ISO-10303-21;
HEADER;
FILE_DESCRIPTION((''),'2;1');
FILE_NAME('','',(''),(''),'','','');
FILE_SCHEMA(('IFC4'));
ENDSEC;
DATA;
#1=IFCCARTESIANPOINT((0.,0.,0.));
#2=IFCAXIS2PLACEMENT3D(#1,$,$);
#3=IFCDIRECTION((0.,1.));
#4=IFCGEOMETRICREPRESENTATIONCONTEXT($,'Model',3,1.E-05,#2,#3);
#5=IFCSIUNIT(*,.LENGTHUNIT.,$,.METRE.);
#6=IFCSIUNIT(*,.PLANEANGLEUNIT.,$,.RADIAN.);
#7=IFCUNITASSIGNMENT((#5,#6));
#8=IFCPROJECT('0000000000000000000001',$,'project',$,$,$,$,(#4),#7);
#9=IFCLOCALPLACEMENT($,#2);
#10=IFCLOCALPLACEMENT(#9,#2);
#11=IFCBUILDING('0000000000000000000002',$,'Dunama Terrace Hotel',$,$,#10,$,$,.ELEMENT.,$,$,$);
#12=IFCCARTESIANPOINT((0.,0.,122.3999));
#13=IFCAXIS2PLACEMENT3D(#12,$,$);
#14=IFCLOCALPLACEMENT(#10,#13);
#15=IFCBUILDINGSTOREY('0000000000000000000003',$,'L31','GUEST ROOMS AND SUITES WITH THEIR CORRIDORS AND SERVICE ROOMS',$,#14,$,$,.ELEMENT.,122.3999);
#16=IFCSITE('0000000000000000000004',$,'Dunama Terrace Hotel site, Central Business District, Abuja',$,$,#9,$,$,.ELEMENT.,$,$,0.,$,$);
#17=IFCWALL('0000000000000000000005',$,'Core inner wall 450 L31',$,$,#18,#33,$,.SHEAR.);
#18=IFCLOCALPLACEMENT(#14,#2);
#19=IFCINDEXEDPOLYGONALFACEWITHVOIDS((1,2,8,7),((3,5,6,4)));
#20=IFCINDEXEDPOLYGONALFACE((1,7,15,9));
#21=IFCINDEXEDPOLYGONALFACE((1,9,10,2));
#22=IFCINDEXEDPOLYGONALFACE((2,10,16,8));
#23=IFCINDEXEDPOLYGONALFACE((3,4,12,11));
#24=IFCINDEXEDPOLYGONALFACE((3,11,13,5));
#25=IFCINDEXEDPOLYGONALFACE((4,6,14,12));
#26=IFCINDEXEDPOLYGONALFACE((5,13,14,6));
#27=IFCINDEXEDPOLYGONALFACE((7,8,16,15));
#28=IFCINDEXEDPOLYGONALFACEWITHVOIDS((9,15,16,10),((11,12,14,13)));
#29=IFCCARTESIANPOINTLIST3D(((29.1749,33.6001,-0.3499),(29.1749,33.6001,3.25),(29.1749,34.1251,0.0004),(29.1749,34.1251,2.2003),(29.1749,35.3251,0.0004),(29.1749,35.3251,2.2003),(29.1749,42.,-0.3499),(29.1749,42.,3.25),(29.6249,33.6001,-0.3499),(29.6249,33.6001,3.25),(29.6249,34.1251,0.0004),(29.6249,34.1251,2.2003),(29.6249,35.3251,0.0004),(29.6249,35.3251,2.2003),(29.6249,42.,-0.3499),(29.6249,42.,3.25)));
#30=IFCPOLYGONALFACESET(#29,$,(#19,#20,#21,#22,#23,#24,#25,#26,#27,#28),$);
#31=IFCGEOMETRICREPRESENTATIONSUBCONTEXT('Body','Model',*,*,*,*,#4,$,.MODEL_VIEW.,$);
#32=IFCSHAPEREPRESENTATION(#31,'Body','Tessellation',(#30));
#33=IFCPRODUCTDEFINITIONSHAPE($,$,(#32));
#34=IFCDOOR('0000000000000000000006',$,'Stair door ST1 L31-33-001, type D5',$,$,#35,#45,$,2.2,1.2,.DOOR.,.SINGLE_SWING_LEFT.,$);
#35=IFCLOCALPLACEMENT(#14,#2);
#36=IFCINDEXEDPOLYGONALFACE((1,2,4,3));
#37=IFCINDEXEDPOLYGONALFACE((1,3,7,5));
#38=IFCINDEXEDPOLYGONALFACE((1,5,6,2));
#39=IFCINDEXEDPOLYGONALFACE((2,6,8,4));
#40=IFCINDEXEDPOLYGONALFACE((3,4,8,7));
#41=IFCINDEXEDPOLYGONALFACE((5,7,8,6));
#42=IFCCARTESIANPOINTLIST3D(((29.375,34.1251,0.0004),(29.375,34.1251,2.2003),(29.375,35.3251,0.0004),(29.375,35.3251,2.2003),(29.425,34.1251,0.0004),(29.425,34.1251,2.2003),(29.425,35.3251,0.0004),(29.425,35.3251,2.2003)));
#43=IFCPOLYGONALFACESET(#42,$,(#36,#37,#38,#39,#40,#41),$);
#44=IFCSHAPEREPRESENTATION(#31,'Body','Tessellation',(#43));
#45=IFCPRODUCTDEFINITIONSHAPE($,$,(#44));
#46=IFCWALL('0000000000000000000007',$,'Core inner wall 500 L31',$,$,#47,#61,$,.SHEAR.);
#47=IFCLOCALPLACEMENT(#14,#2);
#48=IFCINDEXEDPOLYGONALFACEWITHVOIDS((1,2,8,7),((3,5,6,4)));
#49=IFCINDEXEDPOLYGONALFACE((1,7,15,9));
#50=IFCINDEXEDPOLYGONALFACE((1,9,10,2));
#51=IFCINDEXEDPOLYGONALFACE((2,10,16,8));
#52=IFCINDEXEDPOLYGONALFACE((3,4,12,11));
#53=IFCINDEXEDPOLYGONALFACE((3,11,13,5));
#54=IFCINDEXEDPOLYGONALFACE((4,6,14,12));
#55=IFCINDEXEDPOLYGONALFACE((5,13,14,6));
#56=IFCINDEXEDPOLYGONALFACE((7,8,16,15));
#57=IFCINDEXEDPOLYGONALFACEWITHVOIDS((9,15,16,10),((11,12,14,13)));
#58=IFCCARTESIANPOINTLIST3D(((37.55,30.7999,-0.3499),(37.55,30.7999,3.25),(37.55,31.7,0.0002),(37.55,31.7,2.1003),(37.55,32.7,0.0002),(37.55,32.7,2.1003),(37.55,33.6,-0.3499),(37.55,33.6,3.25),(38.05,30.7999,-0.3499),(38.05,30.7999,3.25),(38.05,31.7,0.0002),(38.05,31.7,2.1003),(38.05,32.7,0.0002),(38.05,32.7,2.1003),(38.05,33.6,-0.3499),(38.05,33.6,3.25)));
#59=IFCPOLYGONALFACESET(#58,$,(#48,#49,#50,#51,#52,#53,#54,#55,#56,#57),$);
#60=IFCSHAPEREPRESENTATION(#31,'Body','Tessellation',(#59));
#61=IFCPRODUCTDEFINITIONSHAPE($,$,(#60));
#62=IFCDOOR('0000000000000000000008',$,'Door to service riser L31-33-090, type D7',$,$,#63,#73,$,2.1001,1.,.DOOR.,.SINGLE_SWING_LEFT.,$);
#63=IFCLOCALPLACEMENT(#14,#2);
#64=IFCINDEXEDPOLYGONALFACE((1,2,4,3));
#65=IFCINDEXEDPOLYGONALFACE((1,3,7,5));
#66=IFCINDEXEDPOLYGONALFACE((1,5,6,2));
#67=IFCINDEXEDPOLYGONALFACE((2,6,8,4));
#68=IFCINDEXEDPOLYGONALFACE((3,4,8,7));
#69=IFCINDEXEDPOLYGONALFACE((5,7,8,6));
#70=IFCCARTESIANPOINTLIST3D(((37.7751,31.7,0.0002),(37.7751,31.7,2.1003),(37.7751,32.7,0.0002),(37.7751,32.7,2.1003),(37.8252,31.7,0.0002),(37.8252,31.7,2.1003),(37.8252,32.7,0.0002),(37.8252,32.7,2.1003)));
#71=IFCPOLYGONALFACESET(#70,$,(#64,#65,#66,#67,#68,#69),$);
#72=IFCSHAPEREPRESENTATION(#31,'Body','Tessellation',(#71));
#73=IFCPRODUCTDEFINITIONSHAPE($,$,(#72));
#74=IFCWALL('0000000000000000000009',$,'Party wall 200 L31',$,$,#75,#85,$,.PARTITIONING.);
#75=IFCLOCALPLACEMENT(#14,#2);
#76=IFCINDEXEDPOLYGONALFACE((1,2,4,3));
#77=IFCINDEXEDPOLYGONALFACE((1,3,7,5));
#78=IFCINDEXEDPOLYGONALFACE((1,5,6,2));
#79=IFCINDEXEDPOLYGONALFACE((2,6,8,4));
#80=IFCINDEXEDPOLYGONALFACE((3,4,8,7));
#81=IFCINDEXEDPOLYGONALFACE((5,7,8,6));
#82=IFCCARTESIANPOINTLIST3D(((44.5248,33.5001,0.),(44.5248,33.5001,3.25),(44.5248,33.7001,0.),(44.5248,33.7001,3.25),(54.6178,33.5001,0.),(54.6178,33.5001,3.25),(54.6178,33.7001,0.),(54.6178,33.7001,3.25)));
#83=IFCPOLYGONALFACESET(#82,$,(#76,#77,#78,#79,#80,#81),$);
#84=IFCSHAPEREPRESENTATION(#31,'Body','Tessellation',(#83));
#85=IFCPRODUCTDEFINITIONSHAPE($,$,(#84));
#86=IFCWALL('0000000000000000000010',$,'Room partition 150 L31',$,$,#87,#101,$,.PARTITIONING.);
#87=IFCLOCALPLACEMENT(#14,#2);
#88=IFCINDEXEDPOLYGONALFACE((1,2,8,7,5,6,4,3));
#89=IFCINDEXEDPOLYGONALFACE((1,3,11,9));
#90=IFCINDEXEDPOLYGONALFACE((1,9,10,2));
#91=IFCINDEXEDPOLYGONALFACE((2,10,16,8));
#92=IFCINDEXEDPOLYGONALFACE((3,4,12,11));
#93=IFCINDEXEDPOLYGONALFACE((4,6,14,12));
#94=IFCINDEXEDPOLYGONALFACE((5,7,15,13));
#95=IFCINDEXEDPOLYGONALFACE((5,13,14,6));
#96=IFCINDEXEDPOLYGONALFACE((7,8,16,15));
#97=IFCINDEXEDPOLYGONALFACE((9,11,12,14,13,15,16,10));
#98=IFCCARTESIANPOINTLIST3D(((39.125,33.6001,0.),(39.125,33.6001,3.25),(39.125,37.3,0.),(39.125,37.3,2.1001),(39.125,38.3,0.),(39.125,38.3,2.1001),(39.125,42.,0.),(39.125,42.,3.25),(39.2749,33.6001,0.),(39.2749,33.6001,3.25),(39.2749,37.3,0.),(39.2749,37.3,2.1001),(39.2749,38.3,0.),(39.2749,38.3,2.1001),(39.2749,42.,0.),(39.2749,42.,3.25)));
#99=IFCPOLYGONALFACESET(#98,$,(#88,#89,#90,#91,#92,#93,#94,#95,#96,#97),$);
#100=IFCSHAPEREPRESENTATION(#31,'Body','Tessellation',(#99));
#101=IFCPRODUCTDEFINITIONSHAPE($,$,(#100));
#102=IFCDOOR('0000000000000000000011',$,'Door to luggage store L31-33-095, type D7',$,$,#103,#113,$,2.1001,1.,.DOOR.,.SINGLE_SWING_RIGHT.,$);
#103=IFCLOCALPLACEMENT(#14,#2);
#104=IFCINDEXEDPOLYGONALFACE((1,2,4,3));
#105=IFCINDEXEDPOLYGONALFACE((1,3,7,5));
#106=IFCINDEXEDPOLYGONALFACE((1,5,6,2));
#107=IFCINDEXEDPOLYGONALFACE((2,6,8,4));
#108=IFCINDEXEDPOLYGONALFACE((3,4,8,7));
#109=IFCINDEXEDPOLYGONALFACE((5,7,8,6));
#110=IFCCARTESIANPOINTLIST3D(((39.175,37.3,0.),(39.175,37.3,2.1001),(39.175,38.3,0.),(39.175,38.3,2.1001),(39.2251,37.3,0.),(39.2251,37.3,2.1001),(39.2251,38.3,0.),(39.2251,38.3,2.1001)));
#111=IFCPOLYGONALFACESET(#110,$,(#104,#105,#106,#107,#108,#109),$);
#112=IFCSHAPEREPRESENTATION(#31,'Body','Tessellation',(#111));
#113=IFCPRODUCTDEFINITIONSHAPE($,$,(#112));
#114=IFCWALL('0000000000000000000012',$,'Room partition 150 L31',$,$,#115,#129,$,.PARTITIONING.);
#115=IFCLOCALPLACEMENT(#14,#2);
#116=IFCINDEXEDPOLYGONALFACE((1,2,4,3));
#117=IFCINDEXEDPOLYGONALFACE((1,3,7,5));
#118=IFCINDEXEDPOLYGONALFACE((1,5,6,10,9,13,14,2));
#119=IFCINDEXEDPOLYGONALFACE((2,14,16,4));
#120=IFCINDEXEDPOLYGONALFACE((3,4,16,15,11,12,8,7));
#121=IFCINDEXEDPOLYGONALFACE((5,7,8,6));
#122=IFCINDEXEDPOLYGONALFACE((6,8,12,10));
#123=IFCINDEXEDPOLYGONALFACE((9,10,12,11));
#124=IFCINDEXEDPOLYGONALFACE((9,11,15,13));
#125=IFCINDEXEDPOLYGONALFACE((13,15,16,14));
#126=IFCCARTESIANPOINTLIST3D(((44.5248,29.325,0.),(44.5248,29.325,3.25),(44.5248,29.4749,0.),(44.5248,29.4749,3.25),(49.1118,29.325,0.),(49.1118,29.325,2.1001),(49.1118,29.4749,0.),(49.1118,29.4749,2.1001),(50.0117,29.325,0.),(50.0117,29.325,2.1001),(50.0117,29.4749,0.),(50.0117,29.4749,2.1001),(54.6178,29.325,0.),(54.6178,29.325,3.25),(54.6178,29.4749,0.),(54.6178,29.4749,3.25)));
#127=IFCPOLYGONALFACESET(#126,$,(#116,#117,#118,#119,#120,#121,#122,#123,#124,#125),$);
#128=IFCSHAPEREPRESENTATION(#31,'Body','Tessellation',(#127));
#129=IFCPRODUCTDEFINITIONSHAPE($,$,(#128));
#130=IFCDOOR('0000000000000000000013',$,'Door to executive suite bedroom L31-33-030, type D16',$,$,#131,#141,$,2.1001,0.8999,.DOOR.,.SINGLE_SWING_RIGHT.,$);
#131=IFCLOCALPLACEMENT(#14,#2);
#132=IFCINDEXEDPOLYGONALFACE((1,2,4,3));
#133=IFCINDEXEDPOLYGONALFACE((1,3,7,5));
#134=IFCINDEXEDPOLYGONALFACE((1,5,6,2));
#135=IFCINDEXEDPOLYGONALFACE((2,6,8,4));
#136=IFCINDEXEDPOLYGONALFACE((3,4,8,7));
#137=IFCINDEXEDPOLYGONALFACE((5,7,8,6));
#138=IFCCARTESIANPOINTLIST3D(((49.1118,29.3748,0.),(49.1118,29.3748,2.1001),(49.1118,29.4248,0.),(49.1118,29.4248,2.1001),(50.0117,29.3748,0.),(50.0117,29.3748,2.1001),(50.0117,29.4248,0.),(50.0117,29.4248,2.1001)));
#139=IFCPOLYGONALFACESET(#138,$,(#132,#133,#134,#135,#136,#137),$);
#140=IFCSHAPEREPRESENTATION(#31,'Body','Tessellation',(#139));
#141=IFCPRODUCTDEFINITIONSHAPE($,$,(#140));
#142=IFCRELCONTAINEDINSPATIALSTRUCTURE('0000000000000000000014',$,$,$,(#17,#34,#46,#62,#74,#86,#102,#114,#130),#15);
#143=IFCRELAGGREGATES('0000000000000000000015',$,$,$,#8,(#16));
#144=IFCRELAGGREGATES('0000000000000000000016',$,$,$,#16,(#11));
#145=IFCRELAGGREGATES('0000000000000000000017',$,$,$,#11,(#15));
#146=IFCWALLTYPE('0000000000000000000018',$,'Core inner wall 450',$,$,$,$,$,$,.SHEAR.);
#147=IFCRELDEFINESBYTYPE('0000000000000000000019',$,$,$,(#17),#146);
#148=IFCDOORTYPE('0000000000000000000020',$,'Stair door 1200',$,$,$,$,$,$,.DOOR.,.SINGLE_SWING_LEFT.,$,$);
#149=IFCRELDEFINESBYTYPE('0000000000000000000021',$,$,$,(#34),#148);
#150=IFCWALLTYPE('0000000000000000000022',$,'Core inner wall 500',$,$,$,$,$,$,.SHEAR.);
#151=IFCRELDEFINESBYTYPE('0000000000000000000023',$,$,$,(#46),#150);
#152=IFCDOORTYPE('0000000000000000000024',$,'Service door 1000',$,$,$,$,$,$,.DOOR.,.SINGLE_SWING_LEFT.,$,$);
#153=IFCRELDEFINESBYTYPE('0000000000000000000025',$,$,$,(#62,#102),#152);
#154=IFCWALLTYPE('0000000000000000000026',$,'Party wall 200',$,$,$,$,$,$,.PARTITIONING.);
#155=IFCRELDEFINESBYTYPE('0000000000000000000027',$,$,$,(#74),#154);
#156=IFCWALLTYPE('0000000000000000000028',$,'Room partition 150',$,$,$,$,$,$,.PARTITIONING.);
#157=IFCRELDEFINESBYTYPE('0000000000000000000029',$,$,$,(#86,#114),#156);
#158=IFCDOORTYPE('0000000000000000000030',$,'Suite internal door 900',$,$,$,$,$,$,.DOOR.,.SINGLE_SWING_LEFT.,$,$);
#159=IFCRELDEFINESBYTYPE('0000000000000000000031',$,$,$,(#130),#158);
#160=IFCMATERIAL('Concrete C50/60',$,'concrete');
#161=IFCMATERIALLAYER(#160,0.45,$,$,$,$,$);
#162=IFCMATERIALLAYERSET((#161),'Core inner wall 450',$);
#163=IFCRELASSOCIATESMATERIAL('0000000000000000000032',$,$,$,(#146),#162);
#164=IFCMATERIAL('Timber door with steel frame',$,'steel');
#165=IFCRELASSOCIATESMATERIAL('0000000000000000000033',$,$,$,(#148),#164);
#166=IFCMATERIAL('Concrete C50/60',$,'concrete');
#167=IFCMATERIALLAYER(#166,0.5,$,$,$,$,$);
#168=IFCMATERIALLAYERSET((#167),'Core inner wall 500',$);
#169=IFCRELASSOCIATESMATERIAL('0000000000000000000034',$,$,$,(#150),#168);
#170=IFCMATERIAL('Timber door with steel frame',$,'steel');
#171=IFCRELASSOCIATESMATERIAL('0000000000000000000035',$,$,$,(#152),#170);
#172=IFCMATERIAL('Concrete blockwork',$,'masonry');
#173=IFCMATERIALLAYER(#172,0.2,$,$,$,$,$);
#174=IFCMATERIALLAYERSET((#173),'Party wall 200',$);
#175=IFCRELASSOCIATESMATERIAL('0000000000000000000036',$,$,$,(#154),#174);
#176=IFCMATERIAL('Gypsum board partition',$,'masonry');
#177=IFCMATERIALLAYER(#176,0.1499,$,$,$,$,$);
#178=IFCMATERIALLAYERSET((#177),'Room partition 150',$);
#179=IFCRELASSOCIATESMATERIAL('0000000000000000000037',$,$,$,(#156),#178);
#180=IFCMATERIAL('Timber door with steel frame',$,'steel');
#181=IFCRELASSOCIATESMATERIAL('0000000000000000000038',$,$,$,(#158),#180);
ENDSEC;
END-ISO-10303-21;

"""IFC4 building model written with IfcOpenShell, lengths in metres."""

from ifc_helpers import new_model, si_unit, direction, frame, frame_2d, origin, place, context, subcontext, project, spatial, rectangle, extrude, material, layer, layer_set, type_object, element, fill, save


model = new_model("IFC4")

# Units and contexts
model_context = context("Model", 3, precision=1e-05, world=origin(), true_north=direction((0.0, 1.0)))
body_context = subcontext(model_context, "Body", "Model", "MODEL_VIEW")
ifc_project = project(units=[si_unit("LENGTHUNIT", "METRE"), si_unit("PLANEANGLEUNIT", "RADIAN")], contexts=[model_context])

# Site, building, storey
site_placement = place(None, origin())
site = spatial("IfcSite", under=ifc_project, at=site_placement, Name="Dunama Terrace Hotel site, Central Business District, Abuja", CompositionType="ELEMENT", RefElevation=0.0)
building_placement = place(site_placement, origin())
building = spatial("IfcBuilding", under=site, at=building_placement, Name="Dunama Terrace Hotel", CompositionType="ELEMENT")
storey_placement = place(building_placement, frame((0.0, 0.0, 122.3999)))
storey = spatial("IfcBuildingStorey", under=building, at=storey_placement, Name="L31", Description="GUEST ROOMS AND SUITES WITH THEIR CORRIDORS AND SERVICE ROOMS", CompositionType="ELEMENT", Elevation=122.3999)

# Walls, openings, doors
ifc_material_1 = material(Name="Concrete C50/60", Category="concrete")
ifc_layer_1 = layer(ifc_material_1, 0.45)
ifc_layer_set_1 = layer_set([ifc_layer_1], Name="Core inner wall 450")
wall_type_1 = type_object("IfcWallType", Name="Core inner wall 450", PredefinedType="SHEAR", material=ifc_layer_set_1)
wall_1_placement = place(storey_placement, frame((29.3999, 33.6001, -0.3499), z_axis=(0.0, 0.0, 1.0), x_axis=(0.0, 1.0, 0.0)))
wall_1 = element("IfcWall", 1, at=wall_1_placement, inside=storey, type_object=wall_type_1, Name="Core inner wall 450 L31", PredefinedType="SHEAR", context=body_context, shape_type="SweptSolid", body=[
    extrude(rectangle(XDim=8.3999, YDim=0.45, at=frame_2d((4.2, 0.0))), origin(), (0.0, 0.0, 1.0), 3.5999),
])
opening_1_placement = place(wall_1_placement, frame((0.5249, 0.0, 0.3501)))
opening_1 = element("IfcOpeningElement", 2, at=opening_1_placement, cuts=wall_1, PredefinedType="OPENING", context=body_context, shape_type="SweptSolid", body=[
    extrude(rectangle(XDim=1.2, YDim=2.2, at=frame_2d((0.6001, 1.1001))), frame((0.0, 0.2349, 0.0), z_axis=(0.0, -1.0, 0.0), x_axis=(1.0, 0.0, 0.0)), (0.0, 0.0, 1.0), 0.47),
])
ifc_material_2 = material(Name="Timber door with steel frame", Category="steel")
door_type_1 = type_object("IfcDoorType", Name="Stair door 1200", OperationType="SINGLE_SWING_LEFT", PredefinedType="DOOR", material=ifc_material_2)
door_1_placement = place(opening_1_placement, origin())
door_1 = element("IfcDoor", 3, at=door_1_placement, inside=storey, type_object=door_type_1, Name="Stair door ST1 L31-33-001, type D5", OperationType="SINGLE_SWING_LEFT", OverallHeight=2.2, OverallWidth=1.2, PredefinedType="DOOR", context=body_context, shape_type="SweptSolid", body=[
    extrude(rectangle(XDim=1.2, YDim=2.2, at=frame_2d((0.6001, 1.1001))), frame((0.0, 0.0249, 0.0), z_axis=(0.0, -1.0, 0.0), x_axis=(1.0, 0.0, 0.0)), (0.0, 0.0, 1.0), 0.05),
])
fill(opening_1, door_1)
ifc_material_3 = material(Name="Concrete C50/60", Category="concrete")
ifc_layer_2 = layer(ifc_material_3, 0.5)
ifc_layer_set_2 = layer_set([ifc_layer_2], Name="Core inner wall 500")
wall_type_2 = type_object("IfcWallType", Name="Core inner wall 500", PredefinedType="SHEAR", material=ifc_layer_set_2)
wall_2_placement = place(storey_placement, frame((37.8, 30.8, -0.3499), z_axis=(0.0, 0.0, 1.0), x_axis=(0.0, 1.0, 0.0)))
wall_2 = element("IfcWall", 4, at=wall_2_placement, inside=storey, type_object=wall_type_2, Name="Core inner wall 500 L31", PredefinedType="SHEAR", context=body_context, shape_type="SweptSolid", body=[
    extrude(rectangle(XDim=2.8, YDim=0.5, at=frame_2d((1.3999, 0.0))), origin(), (0.0, 0.0, 1.0), 3.5999),
])
opening_2_placement = place(wall_2_placement, frame((0.8999, 0.0, 0.3501)))
opening_2 = element("IfcOpeningElement", 5, at=opening_2_placement, cuts=wall_2, PredefinedType="OPENING", context=body_context, shape_type="SweptSolid", body=[
    extrude(rectangle(XDim=1.0, YDim=2.1001, at=frame_2d((0.5, 1.05))), frame((0.0, 0.26, 0.0), z_axis=(0.0, -1.0, 0.0), x_axis=(1.0, 0.0, 0.0)), (0.0, 0.0, 1.0), 0.52),
])
ifc_material_4 = material(Name="Timber door with steel frame", Category="steel")
door_type_2 = type_object("IfcDoorType", Name="Service door 1000", OperationType="SINGLE_SWING_LEFT", PredefinedType="DOOR", material=ifc_material_4)
door_2_placement = place(opening_2_placement, frame((1.0, 0.0, 0.0), z_axis=(0.0, 0.0, 1.0), x_axis=(-1.0, 0.0, 0.0)))
door_2 = element("IfcDoor", 6, at=door_2_placement, inside=storey, type_object=door_type_2, Name="Door to service riser L31-33-090, type D7", OperationType="SINGLE_SWING_LEFT", OverallHeight=2.1001, OverallWidth=1.0, PredefinedType="DOOR", context=body_context, shape_type="SweptSolid", body=[
    extrude(rectangle(XDim=1.0, YDim=2.1001, at=frame_2d((0.5, 1.05))), frame((0.0, 0.0251, 0.0), z_axis=(0.0, -1.0, 0.0), x_axis=(1.0, 0.0, 0.0)), (0.0, 0.0, 1.0), 0.05),
])
fill(opening_2, door_2)

# Wall
ifc_material_5 = material(Name="Concrete blockwork", Category="masonry")
ifc_layer_3 = layer(ifc_material_5, 0.2)
ifc_layer_set_3 = layer_set([ifc_layer_3], Name="Party wall 200")
wall_type_3 = type_object("IfcWallType", Name="Party wall 200", PredefinedType="PARTITIONING", material=ifc_layer_set_3)
wall_3_placement = place(storey_placement, frame((44.5249, 33.6001, 0.0), z_axis=(0.0, 0.0, 1.0), x_axis=(1.0, 0.0, 0.0)))
element("IfcWall", 7, at=wall_3_placement, inside=storey, type_object=wall_type_3, Name="Party wall 200 L31", PredefinedType="PARTITIONING", context=body_context, shape_type="SweptSolid", body=[
    extrude(rectangle(XDim=10.093, YDim=0.2, at=frame_2d((5.0464, 0.0))), origin(), (0.0, 0.0, 1.0), 3.25),
])

# Walls, openings, doors
ifc_material_6 = material(Name="Gypsum board partition", Category="masonry")
ifc_layer_4 = layer(ifc_material_6, 0.1499)
ifc_layer_set_4 = layer_set([ifc_layer_4], Name="Room partition 150")
wall_type_4 = type_object("IfcWallType", Name="Room partition 150", PredefinedType="PARTITIONING", material=ifc_layer_set_4)
wall_4_placement = place(storey_placement, frame((39.2, 33.6001, 0.0), z_axis=(0.0, 0.0, 1.0), x_axis=(0.0, 1.0, 0.0)))
wall_4 = element("IfcWall", 8, at=wall_4_placement, inside=storey, type_object=wall_type_4, Name="Room partition 150 L31", PredefinedType="PARTITIONING", context=body_context, shape_type="SweptSolid", body=[
    extrude(rectangle(XDim=8.3999, YDim=0.1499, at=frame_2d((4.2, 0.0))), origin(), (0.0, 0.0, 1.0), 3.25),
])
opening_3_placement = place(wall_4_placement, frame((3.7, 0.0, 0.0)))
opening_3 = element("IfcOpeningElement", 9, at=opening_3_placement, cuts=wall_4, PredefinedType="OPENING", context=body_context, shape_type="SweptSolid", body=[
    extrude(rectangle(XDim=1.0, YDim=2.1001, at=frame_2d((0.5, 1.05))), frame((0.0, 0.085, 0.0), z_axis=(0.0, -1.0, 0.0), x_axis=(1.0, 0.0, 0.0)), (0.0, 0.0, 1.0), 0.1699),
])
door_3_placement = place(opening_3_placement, frame((1.0, 0.0, 0.0), z_axis=(0.0, 0.0, 1.0), x_axis=(-1.0, 0.0, 0.0)))
door_3 = element("IfcDoor", 10, at=door_3_placement, inside=storey, type_object=door_type_2, Name="Door to luggage store L31-33-095, type D7", OperationType="SINGLE_SWING_RIGHT", OverallHeight=2.1001, OverallWidth=1.0, PredefinedType="DOOR", context=body_context, shape_type="SweptSolid", body=[
    extrude(rectangle(XDim=1.0, YDim=2.1001, at=frame_2d((0.5, 1.05))), frame((0.0, 0.0251, 0.0), z_axis=(0.0, -1.0, 0.0), x_axis=(1.0, 0.0, 0.0)), (0.0, 0.0, 1.0), 0.05),
])
fill(opening_3, door_3)
wall_5_placement = place(storey_placement, frame((44.5249, 29.3999, 0.0), z_axis=(0.0, 0.0, 1.0), x_axis=(1.0, 0.0, 0.0)))
wall_5 = element("IfcWall", 11, at=wall_5_placement, inside=storey, type_object=wall_type_4, Name="Room partition 150 L31", PredefinedType="PARTITIONING", context=body_context, shape_type="SweptSolid", body=[
    extrude(rectangle(XDim=10.093, YDim=0.1499, at=frame_2d((5.0464, 0.0))), origin(), (0.0, 0.0, 1.0), 3.25),
])
opening_4_placement = place(wall_5_placement, frame((4.5869, 0.0, 0.0)))
opening_4 = element("IfcOpeningElement", 12, at=opening_4_placement, cuts=wall_5, PredefinedType="OPENING", context=body_context, shape_type="SweptSolid", body=[
    extrude(rectangle(XDim=0.8999, YDim=2.1001, at=frame_2d((0.45, 1.05))), frame((0.0, 0.085, 0.0), z_axis=(0.0, -1.0, 0.0), x_axis=(1.0, 0.0, 0.0)), (0.0, 0.0, 1.0), 0.1699),
])
ifc_material_7 = material(Name="Timber door with steel frame", Category="steel")
door_type_3 = type_object("IfcDoorType", Name="Suite internal door 900", OperationType="SINGLE_SWING_LEFT", PredefinedType="DOOR", material=ifc_material_7)
door_4_placement = place(opening_4_placement, frame((0.8999, 0.0, 0.0), z_axis=(0.0, 0.0, 1.0), x_axis=(-1.0, 0.0, 0.0)))
door_4 = element("IfcDoor", 13, at=door_4_placement, inside=storey, type_object=door_type_3, Name="Door to executive suite bedroom L31-33-030, type D16", OperationType="SINGLE_SWING_RIGHT", OverallHeight=2.1001, OverallWidth=0.8999, PredefinedType="DOOR", context=body_context, shape_type="SweptSolid", body=[
    extrude(rectangle(XDim=0.8999, YDim=2.1001, at=frame_2d((0.45, 1.05))), frame((0.0, 0.0251, 0.0), z_axis=(0.0, -1.0, 0.0), x_axis=(1.0, 0.0, 0.0)), (0.0, 0.0, 1.0), 0.05),
])
fill(opening_4, door_4)

save(model, "model.ifc")
